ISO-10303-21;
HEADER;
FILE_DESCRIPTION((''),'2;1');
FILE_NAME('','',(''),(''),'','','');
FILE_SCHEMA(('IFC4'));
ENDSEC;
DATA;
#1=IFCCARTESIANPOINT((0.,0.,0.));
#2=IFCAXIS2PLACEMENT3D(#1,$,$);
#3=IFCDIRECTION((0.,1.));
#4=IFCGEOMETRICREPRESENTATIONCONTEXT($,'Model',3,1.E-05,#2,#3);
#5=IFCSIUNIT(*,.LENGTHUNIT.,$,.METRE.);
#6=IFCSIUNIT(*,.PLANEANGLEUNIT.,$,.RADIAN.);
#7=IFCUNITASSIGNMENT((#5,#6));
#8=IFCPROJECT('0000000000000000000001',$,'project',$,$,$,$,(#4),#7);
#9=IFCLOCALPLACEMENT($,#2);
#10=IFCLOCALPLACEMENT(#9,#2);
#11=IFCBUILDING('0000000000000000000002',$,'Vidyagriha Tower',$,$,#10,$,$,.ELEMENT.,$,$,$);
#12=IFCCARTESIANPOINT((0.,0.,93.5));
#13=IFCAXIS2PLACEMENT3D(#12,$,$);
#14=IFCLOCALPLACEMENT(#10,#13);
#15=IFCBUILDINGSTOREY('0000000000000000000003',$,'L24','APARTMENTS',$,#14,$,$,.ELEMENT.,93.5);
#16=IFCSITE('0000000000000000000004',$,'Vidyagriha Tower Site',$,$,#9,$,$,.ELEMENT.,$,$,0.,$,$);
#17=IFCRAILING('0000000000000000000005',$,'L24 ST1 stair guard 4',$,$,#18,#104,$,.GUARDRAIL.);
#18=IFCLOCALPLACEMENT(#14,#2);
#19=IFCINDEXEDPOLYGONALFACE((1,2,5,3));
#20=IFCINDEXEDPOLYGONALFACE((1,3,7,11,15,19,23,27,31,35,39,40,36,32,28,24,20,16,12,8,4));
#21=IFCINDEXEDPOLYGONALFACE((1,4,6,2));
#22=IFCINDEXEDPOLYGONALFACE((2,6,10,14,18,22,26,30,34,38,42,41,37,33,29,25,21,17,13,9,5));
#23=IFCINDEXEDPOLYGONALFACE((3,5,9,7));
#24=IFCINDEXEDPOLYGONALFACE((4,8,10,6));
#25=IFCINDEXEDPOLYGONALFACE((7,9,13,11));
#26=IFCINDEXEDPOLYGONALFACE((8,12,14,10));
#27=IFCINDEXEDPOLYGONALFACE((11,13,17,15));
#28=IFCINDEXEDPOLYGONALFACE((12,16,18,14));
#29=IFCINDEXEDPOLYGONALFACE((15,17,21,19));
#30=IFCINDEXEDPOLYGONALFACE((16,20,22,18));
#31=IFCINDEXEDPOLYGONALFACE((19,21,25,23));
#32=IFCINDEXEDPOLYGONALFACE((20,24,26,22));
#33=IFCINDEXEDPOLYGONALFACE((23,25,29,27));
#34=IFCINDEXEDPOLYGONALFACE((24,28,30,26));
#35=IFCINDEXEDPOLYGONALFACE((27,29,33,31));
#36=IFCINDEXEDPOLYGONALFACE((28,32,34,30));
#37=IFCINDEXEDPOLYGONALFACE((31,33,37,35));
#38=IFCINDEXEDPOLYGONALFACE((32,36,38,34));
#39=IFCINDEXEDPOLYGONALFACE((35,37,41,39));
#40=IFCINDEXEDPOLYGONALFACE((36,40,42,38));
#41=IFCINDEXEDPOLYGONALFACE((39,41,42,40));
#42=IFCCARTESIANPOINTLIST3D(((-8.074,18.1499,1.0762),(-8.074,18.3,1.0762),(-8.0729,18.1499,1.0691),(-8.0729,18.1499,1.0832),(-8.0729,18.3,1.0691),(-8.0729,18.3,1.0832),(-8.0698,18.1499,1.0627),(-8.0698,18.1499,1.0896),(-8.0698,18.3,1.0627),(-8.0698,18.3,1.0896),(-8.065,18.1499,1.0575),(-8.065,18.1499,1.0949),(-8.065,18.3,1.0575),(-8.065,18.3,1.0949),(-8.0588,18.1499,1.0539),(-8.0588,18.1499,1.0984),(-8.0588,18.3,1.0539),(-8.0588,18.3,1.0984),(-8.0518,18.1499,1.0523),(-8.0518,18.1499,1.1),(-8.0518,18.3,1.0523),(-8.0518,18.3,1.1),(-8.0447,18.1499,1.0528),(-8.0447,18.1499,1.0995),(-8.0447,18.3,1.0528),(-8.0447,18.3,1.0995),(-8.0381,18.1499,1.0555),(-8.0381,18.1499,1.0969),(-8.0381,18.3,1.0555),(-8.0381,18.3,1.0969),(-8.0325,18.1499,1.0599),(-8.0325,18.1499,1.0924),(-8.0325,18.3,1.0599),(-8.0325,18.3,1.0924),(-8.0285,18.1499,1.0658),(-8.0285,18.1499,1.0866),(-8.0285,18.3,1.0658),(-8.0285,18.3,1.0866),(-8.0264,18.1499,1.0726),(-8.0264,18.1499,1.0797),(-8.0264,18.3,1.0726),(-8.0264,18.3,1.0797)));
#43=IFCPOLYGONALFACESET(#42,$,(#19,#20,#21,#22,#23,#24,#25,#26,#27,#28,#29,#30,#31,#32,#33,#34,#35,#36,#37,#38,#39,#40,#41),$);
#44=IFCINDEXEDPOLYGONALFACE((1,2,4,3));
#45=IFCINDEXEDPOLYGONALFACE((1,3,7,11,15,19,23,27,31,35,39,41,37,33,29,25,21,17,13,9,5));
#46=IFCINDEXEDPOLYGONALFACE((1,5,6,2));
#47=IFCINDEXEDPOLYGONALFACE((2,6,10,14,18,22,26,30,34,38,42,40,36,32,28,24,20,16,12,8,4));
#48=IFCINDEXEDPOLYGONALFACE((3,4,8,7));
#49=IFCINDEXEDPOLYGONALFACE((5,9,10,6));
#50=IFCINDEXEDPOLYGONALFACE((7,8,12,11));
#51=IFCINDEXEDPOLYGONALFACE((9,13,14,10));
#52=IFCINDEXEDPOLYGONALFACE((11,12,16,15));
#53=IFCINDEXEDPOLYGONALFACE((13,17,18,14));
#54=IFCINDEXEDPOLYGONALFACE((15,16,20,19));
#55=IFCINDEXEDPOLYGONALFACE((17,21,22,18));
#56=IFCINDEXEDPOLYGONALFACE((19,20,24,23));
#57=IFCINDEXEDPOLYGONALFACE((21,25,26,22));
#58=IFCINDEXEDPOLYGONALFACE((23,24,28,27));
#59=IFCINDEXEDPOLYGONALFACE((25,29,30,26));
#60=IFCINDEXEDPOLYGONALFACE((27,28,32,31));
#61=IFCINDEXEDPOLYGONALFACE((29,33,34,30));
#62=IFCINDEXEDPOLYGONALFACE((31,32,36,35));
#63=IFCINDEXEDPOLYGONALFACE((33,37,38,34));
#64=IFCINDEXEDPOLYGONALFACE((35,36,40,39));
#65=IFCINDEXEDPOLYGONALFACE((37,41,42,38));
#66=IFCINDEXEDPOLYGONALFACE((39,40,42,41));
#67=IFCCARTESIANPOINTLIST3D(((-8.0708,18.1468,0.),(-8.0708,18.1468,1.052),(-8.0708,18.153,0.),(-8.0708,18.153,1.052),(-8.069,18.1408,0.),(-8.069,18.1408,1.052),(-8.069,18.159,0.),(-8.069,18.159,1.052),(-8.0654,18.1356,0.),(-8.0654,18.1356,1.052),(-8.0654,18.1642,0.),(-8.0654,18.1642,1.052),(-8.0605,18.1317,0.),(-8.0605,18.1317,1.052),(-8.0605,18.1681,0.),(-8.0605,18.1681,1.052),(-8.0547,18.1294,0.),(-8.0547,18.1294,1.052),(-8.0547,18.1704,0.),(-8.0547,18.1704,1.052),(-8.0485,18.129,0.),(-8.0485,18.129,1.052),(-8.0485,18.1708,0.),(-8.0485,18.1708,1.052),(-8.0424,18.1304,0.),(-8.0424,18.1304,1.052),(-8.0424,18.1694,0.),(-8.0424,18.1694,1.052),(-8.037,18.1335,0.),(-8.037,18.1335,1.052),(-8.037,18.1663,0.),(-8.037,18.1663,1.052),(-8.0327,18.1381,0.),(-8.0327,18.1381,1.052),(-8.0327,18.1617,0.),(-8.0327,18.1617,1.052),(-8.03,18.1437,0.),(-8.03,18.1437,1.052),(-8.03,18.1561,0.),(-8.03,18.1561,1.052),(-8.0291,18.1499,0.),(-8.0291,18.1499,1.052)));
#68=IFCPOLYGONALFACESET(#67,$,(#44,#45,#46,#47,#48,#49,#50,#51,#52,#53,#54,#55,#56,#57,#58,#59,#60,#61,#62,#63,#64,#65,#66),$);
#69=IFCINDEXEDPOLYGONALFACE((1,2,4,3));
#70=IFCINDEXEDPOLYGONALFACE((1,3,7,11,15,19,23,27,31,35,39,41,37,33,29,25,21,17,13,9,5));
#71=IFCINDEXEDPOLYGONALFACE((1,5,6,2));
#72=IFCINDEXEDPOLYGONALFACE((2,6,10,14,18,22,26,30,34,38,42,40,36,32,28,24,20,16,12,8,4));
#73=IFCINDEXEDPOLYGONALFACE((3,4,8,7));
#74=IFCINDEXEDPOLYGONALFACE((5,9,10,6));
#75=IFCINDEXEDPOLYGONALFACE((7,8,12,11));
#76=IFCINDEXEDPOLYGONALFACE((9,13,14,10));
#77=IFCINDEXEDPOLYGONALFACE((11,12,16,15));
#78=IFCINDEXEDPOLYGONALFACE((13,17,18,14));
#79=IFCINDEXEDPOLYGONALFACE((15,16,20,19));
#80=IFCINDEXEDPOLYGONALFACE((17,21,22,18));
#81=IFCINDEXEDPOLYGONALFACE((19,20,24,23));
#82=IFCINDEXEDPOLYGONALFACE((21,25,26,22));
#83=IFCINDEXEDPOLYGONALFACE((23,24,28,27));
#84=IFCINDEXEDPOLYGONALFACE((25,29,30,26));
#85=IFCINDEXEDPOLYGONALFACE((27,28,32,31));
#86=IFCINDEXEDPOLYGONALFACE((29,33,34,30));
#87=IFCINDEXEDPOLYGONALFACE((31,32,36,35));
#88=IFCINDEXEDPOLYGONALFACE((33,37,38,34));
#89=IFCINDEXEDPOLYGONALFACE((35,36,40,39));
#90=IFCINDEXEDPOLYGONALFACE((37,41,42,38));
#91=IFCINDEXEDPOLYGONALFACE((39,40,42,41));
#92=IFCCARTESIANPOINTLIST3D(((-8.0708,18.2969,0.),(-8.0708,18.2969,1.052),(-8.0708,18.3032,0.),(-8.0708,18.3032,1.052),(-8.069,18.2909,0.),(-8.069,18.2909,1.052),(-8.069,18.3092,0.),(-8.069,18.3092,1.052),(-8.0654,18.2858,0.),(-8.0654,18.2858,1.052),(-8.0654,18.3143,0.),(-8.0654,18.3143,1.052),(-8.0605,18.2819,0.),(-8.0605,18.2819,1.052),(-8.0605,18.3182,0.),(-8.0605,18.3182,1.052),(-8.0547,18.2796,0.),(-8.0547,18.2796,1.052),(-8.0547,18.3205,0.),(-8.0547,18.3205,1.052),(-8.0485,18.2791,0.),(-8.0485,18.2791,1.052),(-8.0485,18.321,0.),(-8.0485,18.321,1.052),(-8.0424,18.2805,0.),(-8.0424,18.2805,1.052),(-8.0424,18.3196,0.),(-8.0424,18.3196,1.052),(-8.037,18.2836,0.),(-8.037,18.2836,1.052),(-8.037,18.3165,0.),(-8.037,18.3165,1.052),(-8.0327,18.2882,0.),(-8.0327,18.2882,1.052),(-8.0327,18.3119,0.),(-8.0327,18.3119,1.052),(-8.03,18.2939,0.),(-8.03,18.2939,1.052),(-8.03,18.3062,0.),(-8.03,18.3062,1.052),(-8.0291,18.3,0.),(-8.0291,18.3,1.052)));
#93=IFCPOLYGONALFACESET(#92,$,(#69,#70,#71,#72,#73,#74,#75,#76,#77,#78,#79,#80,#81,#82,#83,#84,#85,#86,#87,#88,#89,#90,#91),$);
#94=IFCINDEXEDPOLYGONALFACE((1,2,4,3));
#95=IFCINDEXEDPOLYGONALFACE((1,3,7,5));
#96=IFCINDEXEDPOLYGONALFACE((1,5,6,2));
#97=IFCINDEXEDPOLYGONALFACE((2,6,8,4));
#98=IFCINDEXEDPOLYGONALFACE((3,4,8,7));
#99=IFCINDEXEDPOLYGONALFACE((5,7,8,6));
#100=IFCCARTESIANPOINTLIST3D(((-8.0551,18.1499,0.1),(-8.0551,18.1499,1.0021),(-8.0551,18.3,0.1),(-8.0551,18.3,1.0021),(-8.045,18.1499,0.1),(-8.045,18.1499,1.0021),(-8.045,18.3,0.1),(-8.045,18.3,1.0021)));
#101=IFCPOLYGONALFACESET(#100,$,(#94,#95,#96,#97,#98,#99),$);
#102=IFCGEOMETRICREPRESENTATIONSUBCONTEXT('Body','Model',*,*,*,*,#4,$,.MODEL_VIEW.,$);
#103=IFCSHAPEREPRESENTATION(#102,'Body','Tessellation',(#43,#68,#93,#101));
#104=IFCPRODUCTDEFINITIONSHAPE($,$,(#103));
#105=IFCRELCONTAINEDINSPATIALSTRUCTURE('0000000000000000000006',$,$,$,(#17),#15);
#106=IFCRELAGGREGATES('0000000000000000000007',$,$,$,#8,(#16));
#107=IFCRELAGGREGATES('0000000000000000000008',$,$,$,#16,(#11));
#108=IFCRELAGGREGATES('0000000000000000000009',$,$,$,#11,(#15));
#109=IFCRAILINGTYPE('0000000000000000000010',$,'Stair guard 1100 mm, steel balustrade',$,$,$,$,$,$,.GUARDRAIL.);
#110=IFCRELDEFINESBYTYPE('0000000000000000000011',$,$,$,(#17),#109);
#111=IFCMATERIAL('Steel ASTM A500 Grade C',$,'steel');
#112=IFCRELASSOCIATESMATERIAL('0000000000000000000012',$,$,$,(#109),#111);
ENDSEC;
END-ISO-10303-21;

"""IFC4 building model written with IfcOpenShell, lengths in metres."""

from ifc_helpers import new_model, si_unit, direction, frame, origin, origin_2d, place, context, subcontext, project, spatial, rectangle, circle, extrude, material, type_object, element, save


model = new_model("IFC4")

# Units and contexts
model_context = context("Model", 3, precision=1e-05, world=origin(), true_north=direction((0.0, 1.0)))
body_context = subcontext(model_context, "Body", "Model", "MODEL_VIEW")
ifc_project = project(units=[si_unit("LENGTHUNIT", "METRE"), si_unit("PLANEANGLEUNIT", "RADIAN")], contexts=[model_context])

# Site, building, storey
site_placement = place(None, origin())
site = spatial("IfcSite", under=ifc_project, at=site_placement, Name="Vidyagriha Tower Site", CompositionType="ELEMENT", RefElevation=0.0)
building_placement = place(site_placement, origin())
building = spatial("IfcBuilding", under=site, at=building_placement, Name="Vidyagriha Tower", CompositionType="ELEMENT")
storey_placement = place(building_placement, frame((0.0, 0.0, 93.5)))
storey = spatial("IfcBuildingStorey", under=building, at=storey_placement, Name="L24", Description="APARTMENTS", CompositionType="ELEMENT", Elevation=93.5)

# Railing
ifc_material_1 = material(Name="Steel ASTM A500 Grade C", Category="steel")
railing_type_1 = type_object("IfcRailingType", Name="Stair guard 1100 mm, steel balustrade", PredefinedType="GUARDRAIL", material=ifc_material_1)
railing_1_placement = place(storey_placement, frame((-8.05, 18.1499, 0.0)))
element("IfcRailing", 1, at=railing_1_placement, inside=storey, type_object=railing_type_1, Name="L24 ST1 stair guard 4", PredefinedType="GUARDRAIL", context=body_context, shape_type="SweptSolid", body=[
    extrude(circle(Radius=0.0239, at=origin_2d()), frame((0.0, 0.0, 1.0762), z_axis=(0.0, 1.0, 0.0), x_axis=(-1.0, 0.0, 0.0)), (0.0, 0.0, 1.0), 0.1501),
    extrude(circle(Radius=0.021, at=origin_2d()), origin(), (0.0, 0.0, 1.0), 1.052),
    extrude(circle(Radius=0.021, at=origin_2d()), frame((0.0, 0.1501, 0.0)), (0.0, 0.0, 1.0), 1.052),
    extrude(rectangle(XDim=0.01, YDim=0.9021, at=origin_2d()), frame((0.0, 0.0, 0.551), z_axis=(0.0, 1.0, 0.0), x_axis=(-1.0, 0.0, 0.0)), (0.0, 0.0, 1.0), 0.1501),
])

save(model, "model.ifc")
